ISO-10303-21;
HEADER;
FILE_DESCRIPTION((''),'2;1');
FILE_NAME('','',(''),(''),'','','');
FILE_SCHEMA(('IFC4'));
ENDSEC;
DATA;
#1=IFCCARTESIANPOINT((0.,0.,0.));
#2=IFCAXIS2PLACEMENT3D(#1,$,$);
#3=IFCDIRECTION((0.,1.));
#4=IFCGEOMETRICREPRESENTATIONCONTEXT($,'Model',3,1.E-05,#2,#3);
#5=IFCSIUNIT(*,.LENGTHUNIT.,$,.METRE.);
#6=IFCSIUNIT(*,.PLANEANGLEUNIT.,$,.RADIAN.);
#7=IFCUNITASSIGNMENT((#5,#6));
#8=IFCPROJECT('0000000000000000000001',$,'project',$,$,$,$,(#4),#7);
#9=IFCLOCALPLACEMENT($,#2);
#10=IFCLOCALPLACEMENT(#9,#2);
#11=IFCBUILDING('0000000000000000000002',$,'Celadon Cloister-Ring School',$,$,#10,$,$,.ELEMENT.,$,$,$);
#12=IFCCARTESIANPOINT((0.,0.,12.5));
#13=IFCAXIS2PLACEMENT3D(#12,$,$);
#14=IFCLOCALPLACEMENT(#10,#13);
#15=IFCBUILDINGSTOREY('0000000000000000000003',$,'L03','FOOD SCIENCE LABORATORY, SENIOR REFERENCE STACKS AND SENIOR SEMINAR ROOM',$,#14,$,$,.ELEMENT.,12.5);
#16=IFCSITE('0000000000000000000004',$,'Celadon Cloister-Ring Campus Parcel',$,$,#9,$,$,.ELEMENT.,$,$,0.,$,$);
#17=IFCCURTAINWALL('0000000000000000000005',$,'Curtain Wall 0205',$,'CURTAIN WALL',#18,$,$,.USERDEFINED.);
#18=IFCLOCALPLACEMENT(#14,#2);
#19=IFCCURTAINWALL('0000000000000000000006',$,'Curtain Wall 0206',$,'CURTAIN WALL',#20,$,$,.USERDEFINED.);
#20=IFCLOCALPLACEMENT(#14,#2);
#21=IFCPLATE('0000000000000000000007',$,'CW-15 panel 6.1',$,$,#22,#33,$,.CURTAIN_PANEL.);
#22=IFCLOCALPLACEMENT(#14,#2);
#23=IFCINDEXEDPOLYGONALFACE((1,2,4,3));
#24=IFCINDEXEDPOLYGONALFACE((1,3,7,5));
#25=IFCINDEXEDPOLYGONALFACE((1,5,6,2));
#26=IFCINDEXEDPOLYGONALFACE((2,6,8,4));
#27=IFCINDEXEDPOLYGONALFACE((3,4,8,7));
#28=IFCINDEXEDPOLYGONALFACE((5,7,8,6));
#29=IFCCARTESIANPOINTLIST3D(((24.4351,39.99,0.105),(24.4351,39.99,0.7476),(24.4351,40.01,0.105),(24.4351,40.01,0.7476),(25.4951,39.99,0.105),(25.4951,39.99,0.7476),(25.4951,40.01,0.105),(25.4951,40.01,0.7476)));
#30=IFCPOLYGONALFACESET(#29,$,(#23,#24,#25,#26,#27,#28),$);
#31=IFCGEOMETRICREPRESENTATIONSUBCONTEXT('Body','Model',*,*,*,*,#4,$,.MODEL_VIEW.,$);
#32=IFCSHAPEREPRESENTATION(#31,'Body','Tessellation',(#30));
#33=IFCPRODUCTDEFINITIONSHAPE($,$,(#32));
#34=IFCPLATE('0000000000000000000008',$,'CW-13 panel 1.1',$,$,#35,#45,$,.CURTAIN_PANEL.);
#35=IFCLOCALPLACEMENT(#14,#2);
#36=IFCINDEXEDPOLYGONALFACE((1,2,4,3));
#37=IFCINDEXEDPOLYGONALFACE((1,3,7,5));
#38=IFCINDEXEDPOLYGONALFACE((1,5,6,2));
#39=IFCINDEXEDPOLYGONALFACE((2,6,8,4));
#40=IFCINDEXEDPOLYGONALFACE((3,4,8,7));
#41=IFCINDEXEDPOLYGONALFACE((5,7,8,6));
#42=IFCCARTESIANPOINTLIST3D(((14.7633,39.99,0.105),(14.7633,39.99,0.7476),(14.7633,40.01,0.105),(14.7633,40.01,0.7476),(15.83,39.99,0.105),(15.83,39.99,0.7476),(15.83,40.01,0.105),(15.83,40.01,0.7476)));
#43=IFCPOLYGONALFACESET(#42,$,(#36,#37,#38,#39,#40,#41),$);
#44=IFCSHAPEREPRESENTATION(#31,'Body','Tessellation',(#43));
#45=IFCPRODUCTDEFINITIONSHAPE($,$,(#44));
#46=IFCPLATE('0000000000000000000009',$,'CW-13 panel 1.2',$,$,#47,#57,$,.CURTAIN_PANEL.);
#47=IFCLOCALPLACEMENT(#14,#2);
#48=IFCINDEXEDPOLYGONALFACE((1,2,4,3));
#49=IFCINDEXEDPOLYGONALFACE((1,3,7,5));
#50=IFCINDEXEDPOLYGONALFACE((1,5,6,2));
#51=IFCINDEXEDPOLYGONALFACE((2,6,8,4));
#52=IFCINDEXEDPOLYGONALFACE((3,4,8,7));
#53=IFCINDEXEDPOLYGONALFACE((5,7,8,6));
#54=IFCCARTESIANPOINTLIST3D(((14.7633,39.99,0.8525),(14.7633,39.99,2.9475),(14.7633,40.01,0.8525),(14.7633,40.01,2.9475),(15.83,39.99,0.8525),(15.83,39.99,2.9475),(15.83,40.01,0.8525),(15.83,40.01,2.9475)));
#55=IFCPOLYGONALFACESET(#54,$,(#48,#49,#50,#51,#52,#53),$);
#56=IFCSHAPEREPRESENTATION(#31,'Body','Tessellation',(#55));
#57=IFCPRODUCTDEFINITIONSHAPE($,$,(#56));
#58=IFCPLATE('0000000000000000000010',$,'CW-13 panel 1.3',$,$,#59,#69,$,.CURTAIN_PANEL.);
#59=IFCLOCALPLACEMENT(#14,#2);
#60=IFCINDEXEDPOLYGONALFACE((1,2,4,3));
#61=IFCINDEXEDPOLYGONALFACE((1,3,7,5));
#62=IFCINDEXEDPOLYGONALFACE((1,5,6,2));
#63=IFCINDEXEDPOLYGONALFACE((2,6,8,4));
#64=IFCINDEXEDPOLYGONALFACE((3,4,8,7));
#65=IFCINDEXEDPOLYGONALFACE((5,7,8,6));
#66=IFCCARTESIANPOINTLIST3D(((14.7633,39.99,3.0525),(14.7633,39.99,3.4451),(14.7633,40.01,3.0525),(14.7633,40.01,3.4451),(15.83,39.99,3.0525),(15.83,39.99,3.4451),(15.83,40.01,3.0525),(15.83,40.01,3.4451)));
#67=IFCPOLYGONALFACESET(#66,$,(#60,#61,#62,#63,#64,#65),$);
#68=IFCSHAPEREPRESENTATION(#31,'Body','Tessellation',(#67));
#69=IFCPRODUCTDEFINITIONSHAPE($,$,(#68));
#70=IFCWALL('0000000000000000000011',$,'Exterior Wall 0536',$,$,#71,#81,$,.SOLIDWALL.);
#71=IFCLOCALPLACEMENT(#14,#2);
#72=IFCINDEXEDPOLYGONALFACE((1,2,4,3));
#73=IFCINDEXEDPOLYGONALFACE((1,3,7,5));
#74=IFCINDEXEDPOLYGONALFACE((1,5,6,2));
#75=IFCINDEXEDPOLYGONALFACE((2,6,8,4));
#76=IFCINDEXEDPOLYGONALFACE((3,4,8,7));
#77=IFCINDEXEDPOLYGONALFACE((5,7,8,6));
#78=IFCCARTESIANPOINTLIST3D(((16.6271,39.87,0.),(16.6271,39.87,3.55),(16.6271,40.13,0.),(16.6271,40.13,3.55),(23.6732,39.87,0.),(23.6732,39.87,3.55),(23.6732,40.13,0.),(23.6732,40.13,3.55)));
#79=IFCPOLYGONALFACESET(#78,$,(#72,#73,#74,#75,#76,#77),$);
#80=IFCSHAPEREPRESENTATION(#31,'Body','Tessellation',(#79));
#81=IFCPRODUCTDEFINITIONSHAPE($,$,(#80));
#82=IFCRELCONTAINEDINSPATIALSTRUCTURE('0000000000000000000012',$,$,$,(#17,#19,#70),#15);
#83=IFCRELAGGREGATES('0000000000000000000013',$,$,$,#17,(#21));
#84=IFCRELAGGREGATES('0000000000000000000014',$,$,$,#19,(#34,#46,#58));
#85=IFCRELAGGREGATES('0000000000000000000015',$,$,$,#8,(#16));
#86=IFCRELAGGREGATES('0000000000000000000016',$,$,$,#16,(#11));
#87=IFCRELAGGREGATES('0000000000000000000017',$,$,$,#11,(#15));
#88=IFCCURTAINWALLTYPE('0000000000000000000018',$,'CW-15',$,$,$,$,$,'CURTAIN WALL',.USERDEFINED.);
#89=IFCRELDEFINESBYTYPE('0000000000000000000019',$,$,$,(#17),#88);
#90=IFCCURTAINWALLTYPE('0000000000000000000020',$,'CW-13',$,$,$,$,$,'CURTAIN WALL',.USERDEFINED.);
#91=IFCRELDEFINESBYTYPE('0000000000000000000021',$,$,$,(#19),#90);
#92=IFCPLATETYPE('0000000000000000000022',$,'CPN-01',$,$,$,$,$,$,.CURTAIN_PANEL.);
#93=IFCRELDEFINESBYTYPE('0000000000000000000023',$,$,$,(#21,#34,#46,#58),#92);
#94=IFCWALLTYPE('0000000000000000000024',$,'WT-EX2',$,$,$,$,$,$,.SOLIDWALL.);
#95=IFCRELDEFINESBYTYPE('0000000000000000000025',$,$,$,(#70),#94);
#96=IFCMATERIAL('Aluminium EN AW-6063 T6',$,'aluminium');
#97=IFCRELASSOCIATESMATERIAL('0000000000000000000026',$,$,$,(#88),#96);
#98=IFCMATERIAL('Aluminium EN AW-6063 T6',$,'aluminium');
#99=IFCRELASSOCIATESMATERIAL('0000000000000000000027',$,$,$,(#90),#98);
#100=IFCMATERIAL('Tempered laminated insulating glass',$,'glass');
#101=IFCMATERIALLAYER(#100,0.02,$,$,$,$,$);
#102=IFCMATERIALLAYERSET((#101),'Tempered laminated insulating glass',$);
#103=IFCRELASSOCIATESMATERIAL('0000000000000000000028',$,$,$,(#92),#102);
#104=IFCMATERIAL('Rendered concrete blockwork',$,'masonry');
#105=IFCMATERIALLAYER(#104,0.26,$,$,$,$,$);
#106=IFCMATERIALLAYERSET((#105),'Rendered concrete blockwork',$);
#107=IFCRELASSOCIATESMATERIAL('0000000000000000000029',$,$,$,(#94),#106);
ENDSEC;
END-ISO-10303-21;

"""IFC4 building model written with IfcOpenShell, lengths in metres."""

from ifc_helpers import new_model, si_unit, direction, frame, frame_2d, origin, origin_2d, place, context, subcontext, project, spatial, rectangle, extrude, material, layer, layer_set, type_object, element, aggregate, save


model = new_model("IFC4")

# Units and contexts
model_context = context("Model", 3, precision=1e-05, world=origin(), true_north=direction((0.0, 1.0)))
body_context = subcontext(model_context, "Body", "Model", "MODEL_VIEW")
ifc_project = project(units=[si_unit("LENGTHUNIT", "METRE"), si_unit("PLANEANGLEUNIT", "RADIAN")], contexts=[model_context])

# Site, building, storey
site_placement = place(None, origin())
site = spatial("IfcSite", under=ifc_project, at=site_placement, Name="Celadon Cloister-Ring Campus Parcel", CompositionType="ELEMENT", RefElevation=0.0)
building_placement = place(site_placement, origin())
building = spatial("IfcBuilding", under=site, at=building_placement, Name="Celadon Cloister-Ring School", CompositionType="ELEMENT")
storey_placement = place(building_placement, frame((0.0, 0.0, 12.5)))
storey = spatial("IfcBuildingStorey", under=building, at=storey_placement, Name="L03", Description="FOOD SCIENCE LABORATORY, SENIOR REFERENCE STACKS AND SENIOR SEMINAR ROOM", CompositionType="ELEMENT", Elevation=12.5)

# Curtain wall
ifc_material_1 = material(Name="Aluminium EN AW-6063 T6", Category="aluminium")
curtain_wall_type_1 = type_object("IfcCurtainWallType", Name="CW-15", ElementType="CURTAIN WALL", PredefinedType="USERDEFINED", material=ifc_material_1)
curtain_wall_1_placement = place(storey_placement, origin())
curtain_wall_1 = element("IfcCurtainWall", 1, at=curtain_wall_1_placement, inside=storey, type_object=curtain_wall_type_1, Name="Curtain Wall 0205", ObjectType="CURTAIN WALL", PredefinedType="USERDEFINED")

# Curtain wall
ifc_material_2 = material(Name="Aluminium EN AW-6063 T6", Category="aluminium")
curtain_wall_type_2 = type_object("IfcCurtainWallType", Name="CW-13", ElementType="CURTAIN WALL", PredefinedType="USERDEFINED", material=ifc_material_2)
curtain_wall_2_placement = place(storey_placement, origin())
curtain_wall_2 = element("IfcCurtainWall", 2, at=curtain_wall_2_placement, inside=storey, type_object=curtain_wall_type_2, Name="Curtain Wall 0206", ObjectType="CURTAIN WALL", PredefinedType="USERDEFINED")

# Plates
ifc_material_3 = material(Name="Tempered laminated insulating glass", Category="glass")
ifc_layer_1 = layer(ifc_material_3, 0.02)
ifc_layer_set_1 = layer_set([ifc_layer_1], Name="Tempered laminated insulating glass")
plate_type = type_object("IfcPlateType", Name="CPN-01", PredefinedType="CURTAIN_PANEL", material=ifc_layer_set_1)
plate_1_placement = place(storey_placement, frame((24.9651, 40.0, 0.105), z_axis=(0.0, 0.0, 1.0), x_axis=(-1.0, 0.0, 0.0)))
plate_1 = element("IfcPlate", 3, at=plate_1_placement, type_object=plate_type, Name="CW-15 panel 6.1", PredefinedType="CURTAIN_PANEL", context=body_context, shape_type="SweptSolid", body=[
    extrude(rectangle(XDim=1.0601, YDim=0.02, at=origin_2d()), origin(), (0.0, 0.0, 1.0), 0.6426),
])
aggregate(curtain_wall_1, [plate_1])
plate_2_placement = place(storey_placement, frame((15.2966, 40.0, 0.105), z_axis=(0.0, 0.0, 1.0), x_axis=(-1.0, 0.0, 0.0)))
plate_2 = element("IfcPlate", 4, at=plate_2_placement, type_object=plate_type, Name="CW-13 panel 1.1", PredefinedType="CURTAIN_PANEL", context=body_context, shape_type="SweptSolid", body=[
    extrude(rectangle(XDim=1.0667, YDim=0.02, at=origin_2d()), origin(), (0.0, 0.0, 1.0), 0.6426),
])
plate_3_placement = place(storey_placement, frame((15.2966, 40.0, 0.8525), z_axis=(0.0, 0.0, 1.0), x_axis=(-1.0, 0.0, 0.0)))
plate_3 = element("IfcPlate", 5, at=plate_3_placement, type_object=plate_type, Name="CW-13 panel 1.2", PredefinedType="CURTAIN_PANEL", context=body_context, shape_type="SweptSolid", body=[
    extrude(rectangle(XDim=1.0667, YDim=0.02, at=origin_2d()), origin(), (0.0, 0.0, 1.0), 2.095),
])
plate_4_placement = place(storey_placement, frame((15.2966, 40.0, 3.0525), z_axis=(0.0, 0.0, 1.0), x_axis=(-1.0, 0.0, 0.0)))
plate_4 = element("IfcPlate", 6, at=plate_4_placement, type_object=plate_type, Name="CW-13 panel 1.3", PredefinedType="CURTAIN_PANEL", context=body_context, shape_type="SweptSolid", body=[
    extrude(rectangle(XDim=1.0667, YDim=0.02, at=origin_2d()), origin(), (0.0, 0.0, 1.0), 0.3926),
])
aggregate(curtain_wall_2, [plate_2, plate_3, plate_4])

# Wall
ifc_material_4 = material(Name="Rendered concrete blockwork", Category="masonry")
ifc_layer_2 = layer(ifc_material_4, 0.26)
ifc_layer_set_2 = layer_set([ifc_layer_2], Name="Rendered concrete blockwork")
wall_type = type_object("IfcWallType", Name="WT-EX2", PredefinedType="SOLIDWALL", material=ifc_layer_set_2)
wall_placement = place(storey_placement, frame((23.6731, 40.0, 0.0), z_axis=(0.0, 0.0, 1.0), x_axis=(-1.0, 0.0, 0.0)))
element("IfcWall", 7, at=wall_placement, inside=storey, type_object=wall_type, Name="Exterior Wall 0536", PredefinedType="SOLIDWALL", context=body_context, shape_type="SweptSolid", body=[
    extrude(rectangle(XDim=7.0461, YDim=0.26, at=frame_2d((3.5229, 0.0))), origin(), (0.0, 0.0, 1.0), 3.55),
])

save(model, "model.ifc")
